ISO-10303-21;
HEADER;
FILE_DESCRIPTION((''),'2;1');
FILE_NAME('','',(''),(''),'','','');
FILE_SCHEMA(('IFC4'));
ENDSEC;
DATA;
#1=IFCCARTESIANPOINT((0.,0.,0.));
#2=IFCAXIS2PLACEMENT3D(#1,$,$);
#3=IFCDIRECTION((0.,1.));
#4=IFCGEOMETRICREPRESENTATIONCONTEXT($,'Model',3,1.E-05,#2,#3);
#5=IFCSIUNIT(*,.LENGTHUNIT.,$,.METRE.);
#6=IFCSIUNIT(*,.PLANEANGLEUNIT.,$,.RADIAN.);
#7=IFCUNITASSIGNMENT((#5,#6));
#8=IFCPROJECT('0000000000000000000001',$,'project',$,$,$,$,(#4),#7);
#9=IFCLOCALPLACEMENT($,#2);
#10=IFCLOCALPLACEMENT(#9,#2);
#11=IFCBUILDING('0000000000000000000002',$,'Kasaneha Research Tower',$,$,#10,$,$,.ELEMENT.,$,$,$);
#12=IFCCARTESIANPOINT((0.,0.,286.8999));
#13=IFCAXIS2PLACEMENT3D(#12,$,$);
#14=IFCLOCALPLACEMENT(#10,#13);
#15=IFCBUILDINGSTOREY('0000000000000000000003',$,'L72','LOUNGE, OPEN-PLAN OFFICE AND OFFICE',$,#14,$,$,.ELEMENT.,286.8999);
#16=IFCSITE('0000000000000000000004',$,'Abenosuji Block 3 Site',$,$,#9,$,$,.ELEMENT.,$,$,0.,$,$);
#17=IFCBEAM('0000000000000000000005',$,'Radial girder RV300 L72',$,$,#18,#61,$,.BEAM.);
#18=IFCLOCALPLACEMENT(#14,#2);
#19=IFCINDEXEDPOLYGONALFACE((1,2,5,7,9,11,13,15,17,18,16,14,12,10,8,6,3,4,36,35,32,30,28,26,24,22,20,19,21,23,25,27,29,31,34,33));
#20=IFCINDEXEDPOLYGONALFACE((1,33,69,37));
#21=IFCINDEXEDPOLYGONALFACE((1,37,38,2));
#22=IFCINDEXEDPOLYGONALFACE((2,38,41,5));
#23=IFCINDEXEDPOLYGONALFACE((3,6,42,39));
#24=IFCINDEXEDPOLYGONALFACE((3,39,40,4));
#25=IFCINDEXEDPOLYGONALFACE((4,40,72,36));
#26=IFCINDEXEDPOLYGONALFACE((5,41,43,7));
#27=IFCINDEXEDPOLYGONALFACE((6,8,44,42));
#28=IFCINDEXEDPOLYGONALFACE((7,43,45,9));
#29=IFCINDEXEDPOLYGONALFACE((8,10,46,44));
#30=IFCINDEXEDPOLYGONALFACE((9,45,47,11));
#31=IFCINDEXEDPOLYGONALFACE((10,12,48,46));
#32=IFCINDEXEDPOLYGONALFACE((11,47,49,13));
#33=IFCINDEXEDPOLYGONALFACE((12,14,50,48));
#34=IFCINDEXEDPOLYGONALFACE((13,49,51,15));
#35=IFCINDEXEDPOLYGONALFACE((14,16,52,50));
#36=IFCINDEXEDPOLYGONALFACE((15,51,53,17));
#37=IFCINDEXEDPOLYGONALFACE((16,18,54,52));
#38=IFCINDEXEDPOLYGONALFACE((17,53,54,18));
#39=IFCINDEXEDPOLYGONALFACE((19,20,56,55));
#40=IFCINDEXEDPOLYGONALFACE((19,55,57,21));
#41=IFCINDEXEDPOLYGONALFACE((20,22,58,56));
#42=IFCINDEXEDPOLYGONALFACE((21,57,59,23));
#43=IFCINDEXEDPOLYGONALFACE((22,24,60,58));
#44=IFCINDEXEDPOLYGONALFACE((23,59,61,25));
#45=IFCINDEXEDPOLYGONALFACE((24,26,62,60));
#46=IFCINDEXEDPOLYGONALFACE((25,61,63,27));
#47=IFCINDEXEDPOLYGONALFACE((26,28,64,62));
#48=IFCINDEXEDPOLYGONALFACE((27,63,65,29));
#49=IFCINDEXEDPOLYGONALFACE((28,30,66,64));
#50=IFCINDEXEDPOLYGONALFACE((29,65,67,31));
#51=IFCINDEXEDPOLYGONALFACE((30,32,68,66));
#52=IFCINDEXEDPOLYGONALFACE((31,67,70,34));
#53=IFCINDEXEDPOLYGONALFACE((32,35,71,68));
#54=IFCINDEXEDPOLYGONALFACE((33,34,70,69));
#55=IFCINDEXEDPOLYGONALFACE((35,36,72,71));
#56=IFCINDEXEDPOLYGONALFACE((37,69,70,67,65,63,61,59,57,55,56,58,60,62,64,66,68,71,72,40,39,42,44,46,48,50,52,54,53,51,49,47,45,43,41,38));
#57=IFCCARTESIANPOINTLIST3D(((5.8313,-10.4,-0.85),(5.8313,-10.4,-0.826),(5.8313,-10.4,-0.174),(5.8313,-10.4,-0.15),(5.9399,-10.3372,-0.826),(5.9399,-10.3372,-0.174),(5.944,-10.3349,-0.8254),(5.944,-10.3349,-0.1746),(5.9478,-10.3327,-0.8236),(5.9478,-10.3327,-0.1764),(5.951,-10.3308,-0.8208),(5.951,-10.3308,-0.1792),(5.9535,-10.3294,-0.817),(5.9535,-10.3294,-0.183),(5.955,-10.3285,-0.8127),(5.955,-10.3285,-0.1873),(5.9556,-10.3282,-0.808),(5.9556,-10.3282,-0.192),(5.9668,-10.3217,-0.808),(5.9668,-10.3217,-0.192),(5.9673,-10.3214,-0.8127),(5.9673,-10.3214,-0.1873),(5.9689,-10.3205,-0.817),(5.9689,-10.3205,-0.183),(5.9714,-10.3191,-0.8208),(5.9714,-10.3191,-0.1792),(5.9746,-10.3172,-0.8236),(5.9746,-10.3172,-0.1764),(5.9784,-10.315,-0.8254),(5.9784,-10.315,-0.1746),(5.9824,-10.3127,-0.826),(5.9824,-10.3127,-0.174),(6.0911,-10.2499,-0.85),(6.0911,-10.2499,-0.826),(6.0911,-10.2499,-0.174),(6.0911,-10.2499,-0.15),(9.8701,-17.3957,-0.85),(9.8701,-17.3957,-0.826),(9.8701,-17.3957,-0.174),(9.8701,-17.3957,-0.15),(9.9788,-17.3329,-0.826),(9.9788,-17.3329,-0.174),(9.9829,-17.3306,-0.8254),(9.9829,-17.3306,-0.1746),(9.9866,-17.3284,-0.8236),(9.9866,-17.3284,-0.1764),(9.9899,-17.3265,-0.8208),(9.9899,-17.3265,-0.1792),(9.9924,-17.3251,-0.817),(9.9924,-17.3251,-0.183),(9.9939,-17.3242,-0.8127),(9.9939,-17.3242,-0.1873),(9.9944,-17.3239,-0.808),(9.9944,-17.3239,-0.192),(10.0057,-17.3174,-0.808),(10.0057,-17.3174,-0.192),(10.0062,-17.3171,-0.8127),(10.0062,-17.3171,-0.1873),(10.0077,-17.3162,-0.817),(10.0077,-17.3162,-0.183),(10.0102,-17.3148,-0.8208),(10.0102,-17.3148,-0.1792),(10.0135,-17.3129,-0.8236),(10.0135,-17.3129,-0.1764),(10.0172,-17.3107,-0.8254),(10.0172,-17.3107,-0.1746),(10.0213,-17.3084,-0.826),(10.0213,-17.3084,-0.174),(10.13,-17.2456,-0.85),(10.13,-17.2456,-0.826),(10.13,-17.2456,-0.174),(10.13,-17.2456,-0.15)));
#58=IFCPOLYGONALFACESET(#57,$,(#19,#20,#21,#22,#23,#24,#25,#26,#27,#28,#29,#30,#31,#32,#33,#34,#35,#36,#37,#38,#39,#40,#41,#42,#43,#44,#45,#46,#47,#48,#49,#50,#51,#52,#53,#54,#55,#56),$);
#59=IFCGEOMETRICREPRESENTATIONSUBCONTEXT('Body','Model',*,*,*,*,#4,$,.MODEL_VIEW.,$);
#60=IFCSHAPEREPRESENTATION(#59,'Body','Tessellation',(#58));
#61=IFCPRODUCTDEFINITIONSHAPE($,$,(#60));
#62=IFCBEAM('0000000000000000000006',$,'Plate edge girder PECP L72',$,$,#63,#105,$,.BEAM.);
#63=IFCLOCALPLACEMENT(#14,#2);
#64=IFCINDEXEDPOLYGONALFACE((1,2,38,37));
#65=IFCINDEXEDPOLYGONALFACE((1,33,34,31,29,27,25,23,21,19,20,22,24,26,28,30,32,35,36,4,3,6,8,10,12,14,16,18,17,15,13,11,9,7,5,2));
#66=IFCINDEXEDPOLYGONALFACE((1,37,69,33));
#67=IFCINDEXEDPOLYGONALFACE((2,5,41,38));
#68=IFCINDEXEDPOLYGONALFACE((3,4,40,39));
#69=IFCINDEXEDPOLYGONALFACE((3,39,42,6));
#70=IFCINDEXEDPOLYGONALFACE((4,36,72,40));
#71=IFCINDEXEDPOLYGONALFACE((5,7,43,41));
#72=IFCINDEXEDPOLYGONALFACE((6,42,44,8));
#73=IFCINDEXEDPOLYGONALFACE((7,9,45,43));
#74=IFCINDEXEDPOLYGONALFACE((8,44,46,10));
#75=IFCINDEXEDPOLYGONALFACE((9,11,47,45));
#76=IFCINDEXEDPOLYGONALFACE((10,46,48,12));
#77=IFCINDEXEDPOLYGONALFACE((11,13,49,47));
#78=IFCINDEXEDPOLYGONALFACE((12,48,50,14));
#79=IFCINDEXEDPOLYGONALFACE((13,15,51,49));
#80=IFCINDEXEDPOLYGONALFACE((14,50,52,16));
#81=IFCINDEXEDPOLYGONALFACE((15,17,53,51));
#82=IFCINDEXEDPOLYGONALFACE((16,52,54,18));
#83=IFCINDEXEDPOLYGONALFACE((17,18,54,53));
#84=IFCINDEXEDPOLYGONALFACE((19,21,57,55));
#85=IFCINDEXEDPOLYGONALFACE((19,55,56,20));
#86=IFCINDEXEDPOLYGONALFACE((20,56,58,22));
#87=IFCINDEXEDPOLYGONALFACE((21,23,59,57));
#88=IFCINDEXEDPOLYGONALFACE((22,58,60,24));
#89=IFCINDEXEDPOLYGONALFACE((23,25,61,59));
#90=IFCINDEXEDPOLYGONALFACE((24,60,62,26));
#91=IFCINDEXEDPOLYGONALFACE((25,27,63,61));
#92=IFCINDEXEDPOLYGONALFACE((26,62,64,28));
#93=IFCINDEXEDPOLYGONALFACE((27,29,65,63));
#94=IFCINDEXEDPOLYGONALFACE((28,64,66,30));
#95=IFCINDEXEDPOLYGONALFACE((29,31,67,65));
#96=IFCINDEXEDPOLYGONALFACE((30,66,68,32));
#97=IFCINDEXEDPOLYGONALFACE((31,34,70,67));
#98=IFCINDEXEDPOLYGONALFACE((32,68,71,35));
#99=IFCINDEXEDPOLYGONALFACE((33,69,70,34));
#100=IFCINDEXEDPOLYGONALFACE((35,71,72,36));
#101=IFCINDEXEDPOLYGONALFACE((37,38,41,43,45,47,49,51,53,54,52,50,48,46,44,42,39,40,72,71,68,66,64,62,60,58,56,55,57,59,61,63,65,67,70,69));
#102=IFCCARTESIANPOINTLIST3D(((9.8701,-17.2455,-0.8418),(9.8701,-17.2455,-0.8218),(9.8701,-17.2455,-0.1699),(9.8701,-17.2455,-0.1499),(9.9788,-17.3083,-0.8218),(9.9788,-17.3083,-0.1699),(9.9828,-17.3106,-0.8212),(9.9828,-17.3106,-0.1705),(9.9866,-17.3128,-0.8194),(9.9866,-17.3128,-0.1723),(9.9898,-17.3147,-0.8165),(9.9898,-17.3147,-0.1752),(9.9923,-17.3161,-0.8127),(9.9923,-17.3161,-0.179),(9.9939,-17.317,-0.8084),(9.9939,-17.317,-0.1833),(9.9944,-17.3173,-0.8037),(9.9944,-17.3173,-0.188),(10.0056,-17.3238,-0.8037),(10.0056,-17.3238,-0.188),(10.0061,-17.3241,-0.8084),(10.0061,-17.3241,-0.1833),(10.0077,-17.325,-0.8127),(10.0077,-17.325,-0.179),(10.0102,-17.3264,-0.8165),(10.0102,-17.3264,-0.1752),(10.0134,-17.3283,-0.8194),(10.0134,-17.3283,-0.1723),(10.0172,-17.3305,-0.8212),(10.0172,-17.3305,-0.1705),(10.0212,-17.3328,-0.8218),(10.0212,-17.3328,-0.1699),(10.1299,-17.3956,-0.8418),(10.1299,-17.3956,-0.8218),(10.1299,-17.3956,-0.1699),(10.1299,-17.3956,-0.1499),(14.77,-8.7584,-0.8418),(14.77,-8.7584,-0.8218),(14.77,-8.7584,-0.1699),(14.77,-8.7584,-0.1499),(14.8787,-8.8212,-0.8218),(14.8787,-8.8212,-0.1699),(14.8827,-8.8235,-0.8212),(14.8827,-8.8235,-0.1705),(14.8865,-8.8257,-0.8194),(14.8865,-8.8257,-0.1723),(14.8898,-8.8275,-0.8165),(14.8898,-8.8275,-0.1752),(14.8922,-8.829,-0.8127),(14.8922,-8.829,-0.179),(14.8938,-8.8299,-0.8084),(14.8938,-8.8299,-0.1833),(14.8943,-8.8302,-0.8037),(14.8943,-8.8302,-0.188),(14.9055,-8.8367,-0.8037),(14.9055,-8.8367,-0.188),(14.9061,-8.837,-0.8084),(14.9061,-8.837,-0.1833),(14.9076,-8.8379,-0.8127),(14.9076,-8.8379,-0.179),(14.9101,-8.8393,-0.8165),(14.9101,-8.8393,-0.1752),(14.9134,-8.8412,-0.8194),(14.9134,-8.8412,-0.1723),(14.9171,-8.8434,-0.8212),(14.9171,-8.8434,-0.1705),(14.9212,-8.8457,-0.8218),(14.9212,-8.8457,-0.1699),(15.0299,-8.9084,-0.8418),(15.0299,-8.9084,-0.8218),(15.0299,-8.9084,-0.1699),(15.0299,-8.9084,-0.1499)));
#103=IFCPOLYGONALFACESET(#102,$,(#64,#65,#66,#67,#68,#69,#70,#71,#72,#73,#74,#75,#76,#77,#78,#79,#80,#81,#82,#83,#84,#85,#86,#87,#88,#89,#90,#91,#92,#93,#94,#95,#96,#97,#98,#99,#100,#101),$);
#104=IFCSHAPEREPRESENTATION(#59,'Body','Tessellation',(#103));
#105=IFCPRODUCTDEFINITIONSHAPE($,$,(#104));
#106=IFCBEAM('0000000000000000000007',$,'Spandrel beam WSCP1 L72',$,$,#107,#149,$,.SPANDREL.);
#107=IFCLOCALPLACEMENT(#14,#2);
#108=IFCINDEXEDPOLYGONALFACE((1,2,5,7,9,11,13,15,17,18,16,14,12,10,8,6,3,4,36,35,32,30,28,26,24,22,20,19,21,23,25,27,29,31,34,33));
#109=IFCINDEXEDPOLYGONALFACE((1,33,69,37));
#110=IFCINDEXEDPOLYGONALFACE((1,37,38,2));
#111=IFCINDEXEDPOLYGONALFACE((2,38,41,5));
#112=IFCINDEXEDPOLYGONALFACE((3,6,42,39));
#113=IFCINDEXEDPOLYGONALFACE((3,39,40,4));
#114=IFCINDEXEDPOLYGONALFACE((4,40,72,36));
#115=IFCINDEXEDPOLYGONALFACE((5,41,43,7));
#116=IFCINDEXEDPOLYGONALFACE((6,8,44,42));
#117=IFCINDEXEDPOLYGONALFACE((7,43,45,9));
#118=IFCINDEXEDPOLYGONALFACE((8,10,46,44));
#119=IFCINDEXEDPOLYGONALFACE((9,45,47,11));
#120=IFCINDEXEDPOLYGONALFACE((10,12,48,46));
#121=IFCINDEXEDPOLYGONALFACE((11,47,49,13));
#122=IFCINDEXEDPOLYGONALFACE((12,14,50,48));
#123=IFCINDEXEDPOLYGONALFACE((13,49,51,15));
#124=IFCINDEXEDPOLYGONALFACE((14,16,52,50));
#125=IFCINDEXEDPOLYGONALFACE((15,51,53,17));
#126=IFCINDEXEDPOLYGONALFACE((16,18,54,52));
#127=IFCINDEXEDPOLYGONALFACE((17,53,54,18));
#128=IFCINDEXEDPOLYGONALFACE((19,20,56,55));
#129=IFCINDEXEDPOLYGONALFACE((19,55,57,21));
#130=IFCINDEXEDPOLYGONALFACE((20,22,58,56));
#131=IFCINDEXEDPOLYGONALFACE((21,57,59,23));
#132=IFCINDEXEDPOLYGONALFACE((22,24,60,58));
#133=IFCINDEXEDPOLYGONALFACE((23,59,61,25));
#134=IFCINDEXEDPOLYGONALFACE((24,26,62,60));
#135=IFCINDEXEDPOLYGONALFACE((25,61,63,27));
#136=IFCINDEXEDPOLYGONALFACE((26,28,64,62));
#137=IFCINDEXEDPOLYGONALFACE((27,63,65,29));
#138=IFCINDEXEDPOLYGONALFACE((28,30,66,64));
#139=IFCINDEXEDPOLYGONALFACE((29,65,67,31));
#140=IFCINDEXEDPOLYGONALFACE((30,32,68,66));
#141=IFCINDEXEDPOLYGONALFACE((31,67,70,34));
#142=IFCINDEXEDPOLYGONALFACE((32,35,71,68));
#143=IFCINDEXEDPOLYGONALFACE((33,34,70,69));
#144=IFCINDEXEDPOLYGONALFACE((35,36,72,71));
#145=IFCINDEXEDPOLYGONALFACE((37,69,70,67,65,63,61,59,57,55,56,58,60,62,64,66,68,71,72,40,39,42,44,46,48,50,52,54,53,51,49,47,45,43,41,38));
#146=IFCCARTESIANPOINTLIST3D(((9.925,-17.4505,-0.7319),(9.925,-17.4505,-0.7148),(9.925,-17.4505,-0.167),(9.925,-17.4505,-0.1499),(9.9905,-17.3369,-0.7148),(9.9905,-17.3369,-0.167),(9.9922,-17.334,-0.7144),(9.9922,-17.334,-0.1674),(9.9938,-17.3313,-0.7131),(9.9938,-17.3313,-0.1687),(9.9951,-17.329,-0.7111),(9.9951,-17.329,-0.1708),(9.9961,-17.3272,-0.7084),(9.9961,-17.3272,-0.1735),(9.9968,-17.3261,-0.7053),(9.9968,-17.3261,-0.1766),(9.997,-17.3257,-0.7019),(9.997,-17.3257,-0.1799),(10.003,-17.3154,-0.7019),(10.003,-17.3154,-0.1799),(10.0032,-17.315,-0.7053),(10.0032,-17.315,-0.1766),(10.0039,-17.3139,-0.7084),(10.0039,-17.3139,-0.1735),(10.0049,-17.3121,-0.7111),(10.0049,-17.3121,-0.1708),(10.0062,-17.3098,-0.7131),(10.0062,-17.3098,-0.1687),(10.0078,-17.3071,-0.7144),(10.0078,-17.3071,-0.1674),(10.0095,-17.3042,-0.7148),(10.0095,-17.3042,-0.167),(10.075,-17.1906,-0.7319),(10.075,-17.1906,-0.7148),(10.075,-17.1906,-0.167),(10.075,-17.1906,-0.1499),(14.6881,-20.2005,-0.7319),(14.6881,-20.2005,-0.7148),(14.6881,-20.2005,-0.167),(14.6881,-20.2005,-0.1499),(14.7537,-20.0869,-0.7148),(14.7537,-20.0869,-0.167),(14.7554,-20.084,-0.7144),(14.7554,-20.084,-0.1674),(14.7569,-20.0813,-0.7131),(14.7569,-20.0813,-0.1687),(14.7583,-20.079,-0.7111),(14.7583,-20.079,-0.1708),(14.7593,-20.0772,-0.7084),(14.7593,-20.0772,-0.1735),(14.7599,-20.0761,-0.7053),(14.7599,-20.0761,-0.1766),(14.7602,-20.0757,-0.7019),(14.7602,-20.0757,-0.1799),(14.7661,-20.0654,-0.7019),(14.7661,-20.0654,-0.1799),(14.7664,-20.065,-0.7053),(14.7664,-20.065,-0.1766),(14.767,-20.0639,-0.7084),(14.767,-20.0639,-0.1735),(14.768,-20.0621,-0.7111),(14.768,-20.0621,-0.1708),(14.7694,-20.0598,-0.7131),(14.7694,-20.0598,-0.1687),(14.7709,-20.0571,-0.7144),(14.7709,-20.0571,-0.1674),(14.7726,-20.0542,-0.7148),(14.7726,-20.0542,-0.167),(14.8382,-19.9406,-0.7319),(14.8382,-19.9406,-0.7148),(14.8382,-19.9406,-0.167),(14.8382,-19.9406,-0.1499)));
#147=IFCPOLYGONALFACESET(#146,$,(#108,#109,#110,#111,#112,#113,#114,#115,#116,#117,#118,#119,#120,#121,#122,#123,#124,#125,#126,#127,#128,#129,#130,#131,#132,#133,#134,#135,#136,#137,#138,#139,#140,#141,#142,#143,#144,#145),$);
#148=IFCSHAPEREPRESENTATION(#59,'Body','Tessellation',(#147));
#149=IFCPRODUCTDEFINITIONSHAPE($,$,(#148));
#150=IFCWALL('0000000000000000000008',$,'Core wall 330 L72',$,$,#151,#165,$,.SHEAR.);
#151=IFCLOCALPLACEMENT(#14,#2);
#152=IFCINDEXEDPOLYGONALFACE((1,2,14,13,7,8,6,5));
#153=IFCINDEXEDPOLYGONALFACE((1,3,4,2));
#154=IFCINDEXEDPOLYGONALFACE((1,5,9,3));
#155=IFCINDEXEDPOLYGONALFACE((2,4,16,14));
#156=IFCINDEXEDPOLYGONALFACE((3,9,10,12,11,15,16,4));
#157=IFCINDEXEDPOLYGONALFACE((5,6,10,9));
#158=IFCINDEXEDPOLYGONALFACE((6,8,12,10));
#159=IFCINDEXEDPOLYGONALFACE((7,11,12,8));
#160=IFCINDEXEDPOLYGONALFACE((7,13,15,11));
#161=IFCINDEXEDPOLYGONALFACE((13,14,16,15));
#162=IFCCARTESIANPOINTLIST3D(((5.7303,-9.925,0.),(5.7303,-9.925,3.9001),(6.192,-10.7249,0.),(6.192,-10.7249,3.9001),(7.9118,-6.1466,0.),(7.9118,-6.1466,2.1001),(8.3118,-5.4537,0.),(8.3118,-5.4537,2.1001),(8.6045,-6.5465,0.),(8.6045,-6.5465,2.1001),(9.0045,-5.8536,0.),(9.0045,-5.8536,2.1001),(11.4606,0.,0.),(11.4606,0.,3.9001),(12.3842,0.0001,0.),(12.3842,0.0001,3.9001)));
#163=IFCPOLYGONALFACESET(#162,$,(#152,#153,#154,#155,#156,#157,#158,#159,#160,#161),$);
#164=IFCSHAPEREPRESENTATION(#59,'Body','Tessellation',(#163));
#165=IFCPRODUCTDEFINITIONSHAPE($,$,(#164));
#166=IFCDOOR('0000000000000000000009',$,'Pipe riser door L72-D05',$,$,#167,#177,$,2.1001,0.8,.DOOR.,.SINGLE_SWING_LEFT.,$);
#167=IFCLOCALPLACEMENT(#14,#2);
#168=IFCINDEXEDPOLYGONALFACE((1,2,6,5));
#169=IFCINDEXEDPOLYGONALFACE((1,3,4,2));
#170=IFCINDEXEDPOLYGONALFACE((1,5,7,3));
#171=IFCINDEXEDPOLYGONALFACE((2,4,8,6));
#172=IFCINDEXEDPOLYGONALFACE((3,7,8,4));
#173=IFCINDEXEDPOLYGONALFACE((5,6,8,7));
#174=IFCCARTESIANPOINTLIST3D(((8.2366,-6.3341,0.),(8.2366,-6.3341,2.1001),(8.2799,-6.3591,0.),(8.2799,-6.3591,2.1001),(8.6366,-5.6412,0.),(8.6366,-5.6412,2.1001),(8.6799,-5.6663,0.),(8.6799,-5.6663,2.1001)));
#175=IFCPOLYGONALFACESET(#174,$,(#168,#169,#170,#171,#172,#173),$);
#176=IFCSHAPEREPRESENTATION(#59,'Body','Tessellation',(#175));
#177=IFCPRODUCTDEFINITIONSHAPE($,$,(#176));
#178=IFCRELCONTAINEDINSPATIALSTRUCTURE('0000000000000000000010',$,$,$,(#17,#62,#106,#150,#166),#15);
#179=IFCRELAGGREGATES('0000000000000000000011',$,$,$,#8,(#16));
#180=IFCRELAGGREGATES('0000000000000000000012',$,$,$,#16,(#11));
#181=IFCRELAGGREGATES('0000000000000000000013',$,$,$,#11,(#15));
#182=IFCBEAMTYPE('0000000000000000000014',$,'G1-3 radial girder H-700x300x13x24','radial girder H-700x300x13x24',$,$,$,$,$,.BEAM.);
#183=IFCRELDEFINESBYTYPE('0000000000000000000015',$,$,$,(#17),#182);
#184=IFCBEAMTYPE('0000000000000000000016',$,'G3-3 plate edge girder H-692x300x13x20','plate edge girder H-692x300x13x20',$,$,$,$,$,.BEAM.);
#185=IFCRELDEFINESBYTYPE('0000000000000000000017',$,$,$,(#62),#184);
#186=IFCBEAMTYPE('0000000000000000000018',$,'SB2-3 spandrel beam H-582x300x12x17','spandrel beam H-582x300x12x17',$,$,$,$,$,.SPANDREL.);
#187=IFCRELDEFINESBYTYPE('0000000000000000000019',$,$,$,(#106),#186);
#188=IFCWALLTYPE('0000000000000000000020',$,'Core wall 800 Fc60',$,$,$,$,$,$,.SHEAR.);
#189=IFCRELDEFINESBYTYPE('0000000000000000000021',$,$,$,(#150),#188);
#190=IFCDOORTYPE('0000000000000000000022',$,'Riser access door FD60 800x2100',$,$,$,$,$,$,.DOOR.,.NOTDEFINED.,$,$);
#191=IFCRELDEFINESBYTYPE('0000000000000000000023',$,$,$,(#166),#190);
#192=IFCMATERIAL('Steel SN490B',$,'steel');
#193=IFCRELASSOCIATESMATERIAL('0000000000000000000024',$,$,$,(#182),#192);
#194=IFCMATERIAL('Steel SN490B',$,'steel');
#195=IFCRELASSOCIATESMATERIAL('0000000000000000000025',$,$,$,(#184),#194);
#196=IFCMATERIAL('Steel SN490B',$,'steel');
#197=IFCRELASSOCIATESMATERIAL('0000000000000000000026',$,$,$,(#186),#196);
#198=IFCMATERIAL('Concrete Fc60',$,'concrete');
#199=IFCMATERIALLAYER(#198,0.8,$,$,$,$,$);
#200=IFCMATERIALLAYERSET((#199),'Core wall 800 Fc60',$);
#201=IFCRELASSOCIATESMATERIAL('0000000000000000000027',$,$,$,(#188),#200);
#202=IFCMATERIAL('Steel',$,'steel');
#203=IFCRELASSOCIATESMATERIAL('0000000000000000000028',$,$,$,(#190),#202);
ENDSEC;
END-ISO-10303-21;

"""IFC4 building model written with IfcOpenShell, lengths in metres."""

from ifc_helpers import new_model, si_unit, direction, frame, frame_2d, origin, origin_2d, place, context, subcontext, project, spatial, polyline, rectangle, i_section, outline, extrude, material, layer, layer_set, material_profile, profile_set, type_object, element, fill, save


model = new_model("IFC4")

# Units and contexts
model_context = context("Model", 3, precision=1e-05, world=origin(), true_north=direction((0.0, 1.0)))
body_context = subcontext(model_context, "Body", "Model", "MODEL_VIEW")
ifc_project = project(units=[si_unit("LENGTHUNIT", "METRE"), si_unit("PLANEANGLEUNIT", "RADIAN")], contexts=[model_context])

# Site, building, storey
site_placement = place(None, origin())
site = spatial("IfcSite", under=ifc_project, at=site_placement, Name="Abenosuji Block 3 Site", CompositionType="ELEMENT", RefElevation=0.0)
building_placement = place(site_placement, origin())
building = spatial("IfcBuilding", under=site, at=building_placement, Name="Kasaneha Research Tower", CompositionType="ELEMENT")
storey_placement = place(building_placement, frame((0.0, 0.0, 286.8999)))
storey = spatial("IfcBuildingStorey", under=building, at=storey_placement, Name="L72", Description="LOUNGE, OPEN-PLAN OFFICE AND OFFICE", CompositionType="ELEMENT", Elevation=286.8999)

# Beams
ifc_material_1 = material(Name="Steel SN490B", Category="steel")
ifc_material_profile_1 = material_profile(ifc_material_1, i_section(OverallWidth=0.3, OverallDepth=0.7, WebThickness=0.0129, FlangeThickness=0.0239, FilletRadius=0.0181, at=origin_2d()), Name="H-700x300x13x24")
ifc_profile_set_1 = profile_set([ifc_material_profile_1], Name="Steel SN490B")
beam_type_1 = type_object("IfcBeamType", Name="G1-3 radial girder H-700x300x13x24", Description="radial girder H-700x300x13x24", PredefinedType="BEAM", material=ifc_profile_set_1)
beam_1_placement = place(storey_placement, frame((5.9612, -10.325, -0.5), z_axis=(0.499991, -0.866031, 0.0), x_axis=(0.866031, 0.499991, 0.0)))
element("IfcBeam", 1, at=beam_1_placement, inside=storey, type_object=beam_type_1, Name="Radial girder RV300 L72", PredefinedType="BEAM", context=body_context, shape_type="SweptSolid", body=[
    extrude(i_section(OverallWidth=0.3, OverallDepth=0.7, WebThickness=0.0129, FlangeThickness=0.0239, FilletRadius=0.0181, at=origin_2d()), origin(), (0.0, 0.0, 1.0), 8.0779),
])
ifc_material_2 = material(Name="Steel SN490B", Category="steel")
ifc_material_profile_2 = material_profile(ifc_material_2, i_section(OverallWidth=0.3, OverallDepth=0.6919, WebThickness=0.0129, FlangeThickness=0.02, FilletRadius=0.0181, at=origin_2d()), Name="H-692x300x13x20")
ifc_profile_set_2 = profile_set([ifc_material_profile_2], Name="Steel SN490B")
beam_type_2 = type_object("IfcBeamType", Name="G3-3 plate edge girder H-692x300x13x20", Description="plate edge girder H-692x300x13x20", PredefinedType="BEAM", material=ifc_profile_set_2)
beam_2_placement = place(storey_placement, frame((10.0, -17.3206, -0.4958), z_axis=(0.499992, 0.86603, 0.0), x_axis=(-0.86603, 0.499992, 0.0)))
element("IfcBeam", 2, at=beam_2_placement, inside=storey, type_object=beam_type_2, Name="Plate edge girder PECP L72", PredefinedType="BEAM", context=body_context, shape_type="SweptSolid", body=[
    extrude(i_section(OverallWidth=0.3, OverallDepth=0.6919, WebThickness=0.0129, FlangeThickness=0.02, FilletRadius=0.0181, at=origin_2d()), origin(), (0.0, 0.0, 1.0), 9.8),
])
ifc_material_3 = material(Name="Steel SN490B", Category="steel")
ifc_material_profile_3 = material_profile(ifc_material_3, i_section(OverallWidth=0.3, OverallDepth=0.582, WebThickness=0.012, FlangeThickness=0.0171, FilletRadius=0.0129, at=origin_2d()), Name="H-582x300x12x17")
ifc_profile_set_3 = profile_set([ifc_material_profile_3], Name="Steel SN490B")
beam_type_3 = type_object("IfcBeamType", Name="SB2-3 spandrel beam H-582x300x12x17", Description="spandrel beam H-582x300x12x17", PredefinedType="SPANDREL", material=ifc_profile_set_3)
beam_3_placement = place(storey_placement, frame((10.0, -17.3206, -0.4409), z_axis=(0.866027, -0.499997, 0.0), x_axis=(0.499997, 0.866027, 0.0)))
element("IfcBeam", 3, at=beam_3_placement, inside=storey, type_object=beam_type_3, Name="Spandrel beam WSCP1 L72", PredefinedType="SPANDREL", context=body_context, shape_type="SweptSolid", body=[
    extrude(i_section(OverallWidth=0.3, OverallDepth=0.582, WebThickness=0.012, FlangeThickness=0.0171, FilletRadius=0.0129, at=origin_2d()), origin(), (0.0, 0.0, 1.0), 5.5),
])

# Wall, opening, door
ifc_material_4 = material(Name="Concrete Fc60", Category="concrete")
ifc_layer_1 = layer(ifc_material_4, 0.8)
ifc_layer_set_1 = layer_set([ifc_layer_1], Name="Core wall 800 Fc60")
wall_type_1 = type_object("IfcWallType", Name="Core wall 800 Fc60", PredefinedType="SHEAR", material=ifc_layer_set_1)
wall_1_placement = place(storey_placement, frame((5.9612, -10.325, 0.0), z_axis=(0.0, 0.0, 1.0), x_axis=(0.500004, 0.866023, 0.0)))
wall_1 = element("IfcWall", 4, at=wall_1_placement, inside=storey, type_object=wall_type_1, Name="Core wall 330 L72", PredefinedType="SHEAR", context=body_context, shape_type="SweptSolid", body=[
    extrude(outline(polyline([(-0.231, -0.3999), (4.594, -0.3999), (5.394, -0.3999), (12.1533, -0.3999), (11.6914, 0.3999), (5.394, 0.3999), (4.594, 0.3999), (0.231, 0.3999), (-0.231, -0.3999)])), origin(), (0.0, 0.0, 1.0), 3.9001),
])
opening_1_placement = place(wall_1_placement, frame((4.594, 0.0, 0.0)))
opening_1 = element("IfcOpeningElement", 5, at=opening_1_placement, cuts=wall_1, PredefinedType="OPENING", context=body_context, shape_type="SweptSolid", body=[
    extrude(rectangle(XDim=0.8, YDim=2.1001, at=frame_2d((0.3999, 1.05))), frame((0.0, 0.4102, 0.0), z_axis=(0.0, -1.0, 0.0), x_axis=(1.0, 0.0, 0.0)), (0.0, 0.0, 1.0), 0.8201),
])
ifc_material_5 = material(Name="Steel", Category="steel")
door_type_1 = type_object("IfcDoorType", Name="Riser access door FD60 800x2100", OperationType="NOTDEFINED", PredefinedType="DOOR", material=ifc_material_5)
door_1_placement = place(opening_1_placement, origin())
door_1 = element("IfcDoor", 6, at=door_1_placement, inside=storey, type_object=door_type_1, Name="Pipe riser door L72-D05", OperationType="SINGLE_SWING_LEFT", OverallHeight=2.1001, OverallWidth=0.8, PredefinedType="DOOR", context=body_context, shape_type="SweptSolid", body=[
    extrude(rectangle(XDim=0.8, YDim=2.1001, at=frame_2d((0.3999, 1.05))), frame((0.0, 0.0249, 0.0), z_axis=(0.0, -1.0, 0.0), x_axis=(1.0, 0.0, 0.0)), (0.0, 0.0, 1.0), 0.05),
])
fill(opening_1, door_1)

save(model, "model.ifc")
